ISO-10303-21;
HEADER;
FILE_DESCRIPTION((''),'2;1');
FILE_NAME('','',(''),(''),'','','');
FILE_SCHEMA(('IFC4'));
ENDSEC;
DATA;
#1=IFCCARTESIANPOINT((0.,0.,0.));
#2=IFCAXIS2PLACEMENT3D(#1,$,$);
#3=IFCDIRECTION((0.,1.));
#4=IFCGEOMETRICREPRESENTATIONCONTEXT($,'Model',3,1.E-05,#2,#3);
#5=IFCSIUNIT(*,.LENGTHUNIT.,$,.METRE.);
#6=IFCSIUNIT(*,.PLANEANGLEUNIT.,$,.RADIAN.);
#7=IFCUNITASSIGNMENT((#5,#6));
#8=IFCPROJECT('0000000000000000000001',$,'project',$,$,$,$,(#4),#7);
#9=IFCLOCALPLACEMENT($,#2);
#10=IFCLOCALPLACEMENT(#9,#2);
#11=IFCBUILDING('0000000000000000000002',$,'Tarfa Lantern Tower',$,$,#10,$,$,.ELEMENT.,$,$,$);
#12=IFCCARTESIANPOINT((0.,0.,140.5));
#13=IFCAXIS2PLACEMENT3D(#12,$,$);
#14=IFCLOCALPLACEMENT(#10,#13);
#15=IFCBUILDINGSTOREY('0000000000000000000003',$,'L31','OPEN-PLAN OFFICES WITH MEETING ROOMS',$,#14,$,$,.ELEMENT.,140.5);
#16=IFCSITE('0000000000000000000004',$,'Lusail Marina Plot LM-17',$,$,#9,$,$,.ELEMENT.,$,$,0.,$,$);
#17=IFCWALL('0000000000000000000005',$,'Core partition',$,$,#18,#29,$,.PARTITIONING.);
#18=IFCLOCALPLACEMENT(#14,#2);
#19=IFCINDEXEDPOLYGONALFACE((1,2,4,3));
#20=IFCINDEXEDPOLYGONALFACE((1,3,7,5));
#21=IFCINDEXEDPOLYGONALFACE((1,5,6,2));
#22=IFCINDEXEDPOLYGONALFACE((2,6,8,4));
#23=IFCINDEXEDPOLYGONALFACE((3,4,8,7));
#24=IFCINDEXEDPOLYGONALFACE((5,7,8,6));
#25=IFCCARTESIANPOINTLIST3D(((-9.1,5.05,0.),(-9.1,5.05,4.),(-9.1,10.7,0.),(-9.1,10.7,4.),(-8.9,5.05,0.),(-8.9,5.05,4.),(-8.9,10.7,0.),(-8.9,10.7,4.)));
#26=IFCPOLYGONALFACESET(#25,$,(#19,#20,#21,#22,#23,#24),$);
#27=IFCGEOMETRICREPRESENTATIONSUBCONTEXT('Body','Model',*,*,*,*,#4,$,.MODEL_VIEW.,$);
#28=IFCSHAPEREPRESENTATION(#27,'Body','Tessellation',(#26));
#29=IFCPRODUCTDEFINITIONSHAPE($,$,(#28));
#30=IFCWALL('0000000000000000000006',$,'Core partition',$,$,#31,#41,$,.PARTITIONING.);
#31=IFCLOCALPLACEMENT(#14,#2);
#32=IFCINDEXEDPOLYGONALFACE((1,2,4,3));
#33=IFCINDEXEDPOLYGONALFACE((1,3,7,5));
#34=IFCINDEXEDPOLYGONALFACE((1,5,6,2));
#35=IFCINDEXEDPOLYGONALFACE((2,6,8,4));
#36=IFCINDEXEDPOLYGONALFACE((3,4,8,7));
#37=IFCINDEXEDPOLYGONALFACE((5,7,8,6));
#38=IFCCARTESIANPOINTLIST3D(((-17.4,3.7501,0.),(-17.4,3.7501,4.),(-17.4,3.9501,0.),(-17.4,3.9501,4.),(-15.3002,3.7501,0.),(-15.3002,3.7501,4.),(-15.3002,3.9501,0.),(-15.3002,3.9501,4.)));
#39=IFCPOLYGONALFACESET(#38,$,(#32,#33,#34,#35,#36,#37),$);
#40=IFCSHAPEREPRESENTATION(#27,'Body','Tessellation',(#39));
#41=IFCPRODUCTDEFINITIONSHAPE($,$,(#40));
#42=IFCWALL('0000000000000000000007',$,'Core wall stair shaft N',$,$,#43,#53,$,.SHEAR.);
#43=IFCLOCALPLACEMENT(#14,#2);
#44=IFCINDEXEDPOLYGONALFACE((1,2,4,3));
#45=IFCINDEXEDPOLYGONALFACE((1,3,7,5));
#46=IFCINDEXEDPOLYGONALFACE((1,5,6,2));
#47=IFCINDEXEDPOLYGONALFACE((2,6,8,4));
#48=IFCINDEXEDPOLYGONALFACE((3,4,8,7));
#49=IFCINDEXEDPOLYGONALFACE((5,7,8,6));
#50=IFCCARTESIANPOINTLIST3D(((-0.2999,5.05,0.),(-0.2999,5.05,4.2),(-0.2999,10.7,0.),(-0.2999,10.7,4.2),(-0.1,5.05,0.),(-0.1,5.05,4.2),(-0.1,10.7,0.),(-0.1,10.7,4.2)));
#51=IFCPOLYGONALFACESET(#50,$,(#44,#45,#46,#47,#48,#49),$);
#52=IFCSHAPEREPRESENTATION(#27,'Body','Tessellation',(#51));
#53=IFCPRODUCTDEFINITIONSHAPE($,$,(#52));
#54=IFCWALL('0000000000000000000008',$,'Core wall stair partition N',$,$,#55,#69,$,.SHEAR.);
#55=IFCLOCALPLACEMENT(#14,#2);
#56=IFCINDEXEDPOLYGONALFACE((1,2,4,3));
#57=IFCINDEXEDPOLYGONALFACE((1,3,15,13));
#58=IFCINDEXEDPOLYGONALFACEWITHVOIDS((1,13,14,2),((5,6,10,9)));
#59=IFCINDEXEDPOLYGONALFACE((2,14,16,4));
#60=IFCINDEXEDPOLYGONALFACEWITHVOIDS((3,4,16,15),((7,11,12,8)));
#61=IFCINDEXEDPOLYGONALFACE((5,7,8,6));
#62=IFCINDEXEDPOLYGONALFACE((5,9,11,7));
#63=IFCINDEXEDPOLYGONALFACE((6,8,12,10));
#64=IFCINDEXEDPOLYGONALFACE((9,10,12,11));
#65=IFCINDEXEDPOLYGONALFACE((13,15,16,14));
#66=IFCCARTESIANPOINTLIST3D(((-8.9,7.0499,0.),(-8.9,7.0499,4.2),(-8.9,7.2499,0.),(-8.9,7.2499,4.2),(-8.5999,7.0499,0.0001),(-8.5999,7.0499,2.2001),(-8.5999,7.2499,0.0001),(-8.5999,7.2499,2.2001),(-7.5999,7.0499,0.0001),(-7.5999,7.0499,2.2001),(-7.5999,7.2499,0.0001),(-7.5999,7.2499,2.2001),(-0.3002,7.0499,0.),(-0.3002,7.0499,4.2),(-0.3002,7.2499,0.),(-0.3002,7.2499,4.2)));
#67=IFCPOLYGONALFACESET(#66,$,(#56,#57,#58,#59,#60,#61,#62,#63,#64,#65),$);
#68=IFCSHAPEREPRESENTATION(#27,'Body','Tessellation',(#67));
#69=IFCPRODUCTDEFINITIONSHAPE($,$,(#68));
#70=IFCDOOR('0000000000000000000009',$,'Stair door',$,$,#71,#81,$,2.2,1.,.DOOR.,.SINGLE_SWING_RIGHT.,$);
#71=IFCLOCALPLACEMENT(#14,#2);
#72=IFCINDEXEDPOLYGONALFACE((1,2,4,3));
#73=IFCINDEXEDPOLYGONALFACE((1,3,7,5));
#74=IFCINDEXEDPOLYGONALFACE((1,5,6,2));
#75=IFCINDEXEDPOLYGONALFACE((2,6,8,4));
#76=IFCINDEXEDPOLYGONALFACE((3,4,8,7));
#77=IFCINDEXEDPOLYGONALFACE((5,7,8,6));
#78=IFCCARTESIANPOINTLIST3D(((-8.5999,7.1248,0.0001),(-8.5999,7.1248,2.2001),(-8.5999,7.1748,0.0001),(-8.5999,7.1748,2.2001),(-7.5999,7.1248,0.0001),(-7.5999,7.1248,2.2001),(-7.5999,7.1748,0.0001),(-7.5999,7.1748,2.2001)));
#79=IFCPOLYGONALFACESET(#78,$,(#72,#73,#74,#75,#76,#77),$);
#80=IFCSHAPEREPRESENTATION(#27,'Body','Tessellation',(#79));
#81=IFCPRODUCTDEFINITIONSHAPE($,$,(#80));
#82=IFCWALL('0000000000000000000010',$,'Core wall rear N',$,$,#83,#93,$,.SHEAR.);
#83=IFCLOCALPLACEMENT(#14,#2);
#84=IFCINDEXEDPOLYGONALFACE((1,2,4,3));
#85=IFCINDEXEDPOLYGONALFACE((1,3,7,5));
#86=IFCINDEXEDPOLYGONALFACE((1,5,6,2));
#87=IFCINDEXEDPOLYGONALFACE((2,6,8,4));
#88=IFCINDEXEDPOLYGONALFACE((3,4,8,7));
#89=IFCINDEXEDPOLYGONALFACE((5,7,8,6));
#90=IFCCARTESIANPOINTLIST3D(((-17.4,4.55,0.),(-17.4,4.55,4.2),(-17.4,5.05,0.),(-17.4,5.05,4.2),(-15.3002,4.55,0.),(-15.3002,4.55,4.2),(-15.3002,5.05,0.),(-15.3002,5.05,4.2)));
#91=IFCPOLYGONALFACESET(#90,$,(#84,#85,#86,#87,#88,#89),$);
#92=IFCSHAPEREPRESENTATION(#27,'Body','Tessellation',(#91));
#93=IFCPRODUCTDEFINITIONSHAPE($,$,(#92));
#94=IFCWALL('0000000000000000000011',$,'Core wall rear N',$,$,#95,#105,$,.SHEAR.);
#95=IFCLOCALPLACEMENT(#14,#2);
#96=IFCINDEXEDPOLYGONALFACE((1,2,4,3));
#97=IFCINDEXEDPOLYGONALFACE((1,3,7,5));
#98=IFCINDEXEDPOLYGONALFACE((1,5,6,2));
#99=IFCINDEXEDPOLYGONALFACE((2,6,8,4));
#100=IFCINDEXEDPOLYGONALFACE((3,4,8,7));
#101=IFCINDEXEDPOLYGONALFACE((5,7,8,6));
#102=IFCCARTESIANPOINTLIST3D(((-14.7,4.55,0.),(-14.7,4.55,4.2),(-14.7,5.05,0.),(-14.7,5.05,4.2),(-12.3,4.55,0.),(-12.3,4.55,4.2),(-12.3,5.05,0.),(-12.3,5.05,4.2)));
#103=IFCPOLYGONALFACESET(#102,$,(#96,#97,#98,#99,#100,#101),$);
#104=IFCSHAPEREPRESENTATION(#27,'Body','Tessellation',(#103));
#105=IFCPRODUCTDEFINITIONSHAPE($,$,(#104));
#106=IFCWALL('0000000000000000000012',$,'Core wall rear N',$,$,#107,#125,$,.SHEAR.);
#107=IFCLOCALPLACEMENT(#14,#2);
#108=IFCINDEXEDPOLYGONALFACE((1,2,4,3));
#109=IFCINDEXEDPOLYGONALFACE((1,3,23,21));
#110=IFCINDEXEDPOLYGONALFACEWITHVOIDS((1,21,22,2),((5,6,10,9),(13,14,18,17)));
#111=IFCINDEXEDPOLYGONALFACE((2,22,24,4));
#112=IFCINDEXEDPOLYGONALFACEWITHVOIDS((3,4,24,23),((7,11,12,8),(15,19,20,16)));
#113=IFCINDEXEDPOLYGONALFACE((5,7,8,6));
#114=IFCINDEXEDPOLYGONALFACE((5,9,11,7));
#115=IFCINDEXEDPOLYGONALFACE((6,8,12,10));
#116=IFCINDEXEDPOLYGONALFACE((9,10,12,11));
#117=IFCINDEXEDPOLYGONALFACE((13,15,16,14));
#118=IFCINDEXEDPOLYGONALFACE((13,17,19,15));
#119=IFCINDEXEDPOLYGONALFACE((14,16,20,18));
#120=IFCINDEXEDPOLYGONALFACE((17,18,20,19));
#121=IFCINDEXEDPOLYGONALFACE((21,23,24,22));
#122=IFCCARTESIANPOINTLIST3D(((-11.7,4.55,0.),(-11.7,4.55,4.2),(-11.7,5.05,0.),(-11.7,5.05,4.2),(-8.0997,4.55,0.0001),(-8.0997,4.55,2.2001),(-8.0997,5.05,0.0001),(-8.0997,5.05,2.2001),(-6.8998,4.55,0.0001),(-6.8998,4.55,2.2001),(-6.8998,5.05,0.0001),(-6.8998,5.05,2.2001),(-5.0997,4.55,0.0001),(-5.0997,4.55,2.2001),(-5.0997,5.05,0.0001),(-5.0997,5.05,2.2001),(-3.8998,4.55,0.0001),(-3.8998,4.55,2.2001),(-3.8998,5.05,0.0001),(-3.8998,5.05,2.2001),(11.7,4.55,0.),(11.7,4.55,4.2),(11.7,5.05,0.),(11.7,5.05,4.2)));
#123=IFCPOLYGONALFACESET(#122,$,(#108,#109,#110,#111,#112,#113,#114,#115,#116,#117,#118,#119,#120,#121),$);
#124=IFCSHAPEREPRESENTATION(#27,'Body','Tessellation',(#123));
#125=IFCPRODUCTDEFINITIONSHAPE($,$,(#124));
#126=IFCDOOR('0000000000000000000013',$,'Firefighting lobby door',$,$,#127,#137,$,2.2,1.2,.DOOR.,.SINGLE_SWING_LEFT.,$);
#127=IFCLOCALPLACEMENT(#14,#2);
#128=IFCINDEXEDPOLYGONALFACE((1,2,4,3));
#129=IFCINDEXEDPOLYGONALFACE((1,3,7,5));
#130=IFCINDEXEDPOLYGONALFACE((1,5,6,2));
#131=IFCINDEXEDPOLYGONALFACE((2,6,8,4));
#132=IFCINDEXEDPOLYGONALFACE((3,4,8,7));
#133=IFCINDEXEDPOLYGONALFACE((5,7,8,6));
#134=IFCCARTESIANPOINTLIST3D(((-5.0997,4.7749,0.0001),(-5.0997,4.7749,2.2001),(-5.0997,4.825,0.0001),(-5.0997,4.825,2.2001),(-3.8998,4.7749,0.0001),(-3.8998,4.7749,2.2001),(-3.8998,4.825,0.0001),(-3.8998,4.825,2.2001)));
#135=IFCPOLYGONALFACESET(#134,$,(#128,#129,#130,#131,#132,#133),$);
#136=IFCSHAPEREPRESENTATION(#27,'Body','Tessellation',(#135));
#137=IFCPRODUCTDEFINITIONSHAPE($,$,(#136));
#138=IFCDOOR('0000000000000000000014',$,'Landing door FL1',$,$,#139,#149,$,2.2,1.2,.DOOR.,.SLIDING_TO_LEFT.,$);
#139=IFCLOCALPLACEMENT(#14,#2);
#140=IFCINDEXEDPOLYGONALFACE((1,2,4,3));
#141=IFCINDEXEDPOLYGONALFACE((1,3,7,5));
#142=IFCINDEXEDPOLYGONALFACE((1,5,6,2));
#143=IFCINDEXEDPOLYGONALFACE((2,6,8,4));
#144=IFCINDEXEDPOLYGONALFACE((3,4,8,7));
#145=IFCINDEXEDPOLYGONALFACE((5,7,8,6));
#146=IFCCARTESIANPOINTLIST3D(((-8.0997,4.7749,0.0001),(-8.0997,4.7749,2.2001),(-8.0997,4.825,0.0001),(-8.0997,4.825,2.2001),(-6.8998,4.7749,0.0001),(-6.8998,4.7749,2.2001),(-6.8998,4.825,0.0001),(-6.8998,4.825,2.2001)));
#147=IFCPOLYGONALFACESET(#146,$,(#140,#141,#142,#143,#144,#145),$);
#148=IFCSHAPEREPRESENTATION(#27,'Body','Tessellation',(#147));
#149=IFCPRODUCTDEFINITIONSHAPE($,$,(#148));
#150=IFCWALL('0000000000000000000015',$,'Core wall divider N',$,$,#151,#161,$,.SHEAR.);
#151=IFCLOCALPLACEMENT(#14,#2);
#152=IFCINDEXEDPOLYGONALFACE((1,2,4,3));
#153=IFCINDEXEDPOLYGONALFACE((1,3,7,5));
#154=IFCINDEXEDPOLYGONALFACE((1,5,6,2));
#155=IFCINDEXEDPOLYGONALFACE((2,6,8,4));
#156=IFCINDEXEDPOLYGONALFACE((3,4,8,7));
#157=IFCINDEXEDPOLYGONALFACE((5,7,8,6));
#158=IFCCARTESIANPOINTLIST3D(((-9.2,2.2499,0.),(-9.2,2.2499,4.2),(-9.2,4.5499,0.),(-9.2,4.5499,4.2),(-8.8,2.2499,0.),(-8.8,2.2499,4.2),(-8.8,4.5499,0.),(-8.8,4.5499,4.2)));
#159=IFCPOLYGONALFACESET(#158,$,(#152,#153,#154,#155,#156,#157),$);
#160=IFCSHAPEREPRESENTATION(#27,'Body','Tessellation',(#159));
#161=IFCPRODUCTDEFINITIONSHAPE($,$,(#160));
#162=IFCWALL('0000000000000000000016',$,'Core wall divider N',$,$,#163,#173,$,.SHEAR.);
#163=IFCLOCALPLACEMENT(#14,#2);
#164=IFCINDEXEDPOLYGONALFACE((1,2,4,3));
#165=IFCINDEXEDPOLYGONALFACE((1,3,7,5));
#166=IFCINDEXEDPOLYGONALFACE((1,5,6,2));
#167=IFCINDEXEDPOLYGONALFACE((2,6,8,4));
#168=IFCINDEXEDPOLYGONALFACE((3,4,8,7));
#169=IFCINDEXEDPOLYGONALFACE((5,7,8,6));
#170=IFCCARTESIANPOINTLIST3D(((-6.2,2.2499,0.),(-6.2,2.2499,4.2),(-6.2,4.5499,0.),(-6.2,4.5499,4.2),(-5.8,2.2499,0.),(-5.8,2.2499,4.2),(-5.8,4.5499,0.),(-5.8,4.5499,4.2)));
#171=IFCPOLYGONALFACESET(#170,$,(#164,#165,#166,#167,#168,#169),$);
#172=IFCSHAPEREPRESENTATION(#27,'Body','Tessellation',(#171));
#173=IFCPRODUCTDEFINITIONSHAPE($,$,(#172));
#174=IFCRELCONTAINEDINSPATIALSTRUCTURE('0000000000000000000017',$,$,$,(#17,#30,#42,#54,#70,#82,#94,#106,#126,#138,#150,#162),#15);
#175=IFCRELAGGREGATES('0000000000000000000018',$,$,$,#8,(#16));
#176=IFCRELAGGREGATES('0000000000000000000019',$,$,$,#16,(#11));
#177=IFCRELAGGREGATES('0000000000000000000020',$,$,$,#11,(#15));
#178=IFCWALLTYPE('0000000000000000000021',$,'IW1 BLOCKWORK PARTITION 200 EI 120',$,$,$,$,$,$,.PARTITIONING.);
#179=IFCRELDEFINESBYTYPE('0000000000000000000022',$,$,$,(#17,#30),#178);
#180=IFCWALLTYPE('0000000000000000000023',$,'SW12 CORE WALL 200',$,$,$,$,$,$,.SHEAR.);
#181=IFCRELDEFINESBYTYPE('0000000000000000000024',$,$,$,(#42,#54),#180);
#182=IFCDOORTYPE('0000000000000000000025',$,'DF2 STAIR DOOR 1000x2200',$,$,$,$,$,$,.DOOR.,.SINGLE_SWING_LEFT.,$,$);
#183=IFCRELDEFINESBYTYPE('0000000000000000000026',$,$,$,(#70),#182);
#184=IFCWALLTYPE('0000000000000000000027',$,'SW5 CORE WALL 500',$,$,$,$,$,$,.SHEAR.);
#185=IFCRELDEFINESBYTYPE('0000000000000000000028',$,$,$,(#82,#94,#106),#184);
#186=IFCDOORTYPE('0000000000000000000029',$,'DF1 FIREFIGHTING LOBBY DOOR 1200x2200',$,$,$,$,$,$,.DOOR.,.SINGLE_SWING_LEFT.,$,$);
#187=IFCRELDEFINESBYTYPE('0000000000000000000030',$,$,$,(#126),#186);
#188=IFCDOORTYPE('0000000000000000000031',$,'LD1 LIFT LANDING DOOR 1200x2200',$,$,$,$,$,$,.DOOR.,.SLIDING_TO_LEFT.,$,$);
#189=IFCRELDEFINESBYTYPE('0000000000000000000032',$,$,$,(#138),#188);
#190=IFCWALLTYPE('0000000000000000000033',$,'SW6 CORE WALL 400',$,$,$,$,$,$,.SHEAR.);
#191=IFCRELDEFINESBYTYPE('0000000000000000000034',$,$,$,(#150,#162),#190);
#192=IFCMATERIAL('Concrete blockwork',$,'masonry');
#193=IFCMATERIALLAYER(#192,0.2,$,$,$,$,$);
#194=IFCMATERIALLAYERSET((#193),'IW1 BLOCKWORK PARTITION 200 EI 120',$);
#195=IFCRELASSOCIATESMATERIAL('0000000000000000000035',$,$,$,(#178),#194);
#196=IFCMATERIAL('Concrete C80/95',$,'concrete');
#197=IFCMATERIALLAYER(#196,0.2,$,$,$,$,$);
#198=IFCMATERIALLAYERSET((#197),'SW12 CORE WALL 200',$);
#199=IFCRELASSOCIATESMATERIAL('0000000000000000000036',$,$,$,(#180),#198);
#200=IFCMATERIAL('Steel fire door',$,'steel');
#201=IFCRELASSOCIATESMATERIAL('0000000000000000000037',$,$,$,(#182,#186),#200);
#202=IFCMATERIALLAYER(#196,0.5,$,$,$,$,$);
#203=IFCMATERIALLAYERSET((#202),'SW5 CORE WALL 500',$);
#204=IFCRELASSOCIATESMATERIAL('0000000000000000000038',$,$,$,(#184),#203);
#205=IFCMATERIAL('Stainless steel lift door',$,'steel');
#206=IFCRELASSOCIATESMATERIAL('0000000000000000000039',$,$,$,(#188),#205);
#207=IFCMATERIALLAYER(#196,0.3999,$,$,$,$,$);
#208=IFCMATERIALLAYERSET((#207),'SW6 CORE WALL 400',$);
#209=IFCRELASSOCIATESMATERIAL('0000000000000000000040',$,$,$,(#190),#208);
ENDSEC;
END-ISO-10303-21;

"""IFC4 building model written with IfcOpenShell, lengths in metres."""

from ifc_helpers import new_model, si_unit, direction, frame, frame_2d, origin, place, context, subcontext, project, spatial, rectangle, extrude, material, layer, layer_set, type_object, element, fill, save


model = new_model("IFC4")

# Units and contexts
model_context = context("Model", 3, precision=1e-05, world=origin(), true_north=direction((0.0, 1.0)))
body_context = subcontext(model_context, "Body", "Model", "MODEL_VIEW")
ifc_project = project(units=[si_unit("LENGTHUNIT", "METRE"), si_unit("PLANEANGLEUNIT", "RADIAN")], contexts=[model_context])

# Site, building, storey
site_placement = place(None, origin())
site = spatial("IfcSite", under=ifc_project, at=site_placement, Name="Lusail Marina Plot LM-17", CompositionType="ELEMENT", RefElevation=0.0)
building_placement = place(site_placement, origin())
building = spatial("IfcBuilding", under=site, at=building_placement, Name="Tarfa Lantern Tower", CompositionType="ELEMENT")
storey_placement = place(building_placement, frame((0.0, 0.0, 140.5)))
storey = spatial("IfcBuildingStorey", under=building, at=storey_placement, Name="L31", Description="OPEN-PLAN OFFICES WITH MEETING ROOMS", CompositionType="ELEMENT", Elevation=140.5)

# Walls
ifc_material_1 = material(Name="Concrete blockwork", Category="masonry")
ifc_layer_1 = layer(ifc_material_1, 0.2)
ifc_layer_set_1 = layer_set([ifc_layer_1], Name="IW1 BLOCKWORK PARTITION 200 EI 120")
wall_type_1 = type_object("IfcWallType", Name="IW1 BLOCKWORK PARTITION 200 EI 120", PredefinedType="PARTITIONING", material=ifc_layer_set_1)
wall_1_placement = place(storey_placement, frame((-9.0, 5.05, 0.0), z_axis=(0.0, 0.0, 1.0), x_axis=(0.0, 1.0, 0.0)))
element("IfcWall", 1, at=wall_1_placement, inside=storey, type_object=wall_type_1, Name="Core partition", PredefinedType="PARTITIONING", context=body_context, shape_type="SweptSolid", body=[
    extrude(rectangle(XDim=5.6499, YDim=0.2, at=frame_2d((2.825, 0.0))), origin(), (0.0, 0.0, 1.0), 4.0),
])
wall_2_placement = place(storey_placement, frame((-17.3999, 3.8501, 0.0), z_axis=(0.0, 0.0, 1.0), x_axis=(1.0, 0.0, 0.0)))
element("IfcWall", 2, at=wall_2_placement, inside=storey, type_object=wall_type_1, Name="Core partition", PredefinedType="PARTITIONING", context=body_context, shape_type="SweptSolid", body=[
    extrude(rectangle(XDim=2.0999, YDim=0.2, at=frame_2d((1.0498, 0.0))), origin(), (0.0, 0.0, 1.0), 4.0),
])
ifc_material_2 = material(Name="Concrete C80/95", Category="concrete")
ifc_layer_2 = layer(ifc_material_2, 0.2)
ifc_layer_set_2 = layer_set([ifc_layer_2], Name="SW12 CORE WALL 200")
wall_type_2 = type_object("IfcWallType", Name="SW12 CORE WALL 200", PredefinedType="SHEAR", material=ifc_layer_set_2)
wall_3_placement = place(storey_placement, frame((-0.2, 5.05, 0.0), z_axis=(0.0, 0.0, 1.0), x_axis=(0.0, 1.0, 0.0)))
element("IfcWall", 3, at=wall_3_placement, inside=storey, type_object=wall_type_2, Name="Core wall stair shaft N", PredefinedType="SHEAR", context=body_context, shape_type="SweptSolid", body=[
    extrude(rectangle(XDim=5.6499, YDim=0.2, at=frame_2d((2.825, 0.0))), origin(), (0.0, 0.0, 1.0), 4.2),
])

# Wall, opening, door
wall_4_placement = place(storey_placement, frame((-8.8999, 7.1499, 0.0), z_axis=(0.0, 0.0, 1.0), x_axis=(1.0, 0.0, 0.0)))
wall_4 = element("IfcWall", 4, at=wall_4_placement, inside=storey, type_object=wall_type_2, Name="Core wall stair partition N", PredefinedType="SHEAR", context=body_context, shape_type="SweptSolid", body=[
    extrude(rectangle(XDim=8.5999, YDim=0.2, at=frame_2d((4.2998, 0.0))), origin(), (0.0, 0.0, 1.0), 4.2),
])
opening_1_placement = place(wall_4_placement, frame((0.3, 0.0, 0.0)))
opening_1 = element("IfcOpeningElement", 5, at=opening_1_placement, cuts=wall_4, PredefinedType="OPENING", context=body_context, shape_type="SweptSolid", body=[
    extrude(rectangle(XDim=1.0, YDim=2.2, at=frame_2d((0.5, 1.1001))), frame((0.0, 0.1099, 0.0), z_axis=(0.0, -1.0, 0.0), x_axis=(1.0, 0.0, 0.0)), (0.0, 0.0, 1.0), 0.22),
])
ifc_material_3 = material(Name="Steel fire door", Category="steel")
door_type_1 = type_object("IfcDoorType", Name="DF2 STAIR DOOR 1000x2200", OperationType="SINGLE_SWING_LEFT", PredefinedType="DOOR", material=ifc_material_3)
door_1_placement = place(opening_1_placement, origin())
door_1 = element("IfcDoor", 6, at=door_1_placement, inside=storey, type_object=door_type_1, Name="Stair door", OperationType="SINGLE_SWING_RIGHT", OverallHeight=2.2, OverallWidth=1.0, PredefinedType="DOOR", context=body_context, shape_type="SweptSolid", body=[
    extrude(rectangle(XDim=1.0, YDim=2.2, at=frame_2d((0.5, 1.1001))), frame((0.0, 0.0249, 0.0), z_axis=(0.0, -1.0, 0.0), x_axis=(1.0, 0.0, 0.0)), (0.0, 0.0, 1.0), 0.05),
])
fill(opening_1, door_1)

# Walls
ifc_layer_3 = layer(ifc_material_2, 0.5)
ifc_layer_set_3 = layer_set([ifc_layer_3], Name="SW5 CORE WALL 500")
wall_type_3 = type_object("IfcWallType", Name="SW5 CORE WALL 500", PredefinedType="SHEAR", material=ifc_layer_set_3)
wall_5_placement = place(storey_placement, frame((-17.3999, 4.8, 0.0), z_axis=(0.0, 0.0, 1.0), x_axis=(1.0, 0.0, 0.0)))
element("IfcWall", 7, at=wall_5_placement, inside=storey, type_object=wall_type_3, Name="Core wall rear N", PredefinedType="SHEAR", context=body_context, shape_type="SweptSolid", body=[
    extrude(rectangle(XDim=2.0999, YDim=0.5, at=frame_2d((1.0498, 0.0))), origin(), (0.0, 0.0, 1.0), 4.2),
])
wall_6_placement = place(storey_placement, frame((-14.7, 4.8, 0.0), z_axis=(0.0, 0.0, 1.0), x_axis=(1.0, 0.0, 0.0)))
element("IfcWall", 8, at=wall_6_placement, inside=storey, type_object=wall_type_3, Name="Core wall rear N", PredefinedType="SHEAR", context=body_context, shape_type="SweptSolid", body=[
    extrude(rectangle(XDim=2.3999, YDim=0.5, at=frame_2d((1.2, 0.0))), origin(), (0.0, 0.0, 1.0), 4.2),
])

# Wall, openings, doors
wall_7_placement = place(storey_placement, frame((-11.7, 4.8, 0.0), z_axis=(0.0, 0.0, 1.0), x_axis=(1.0, 0.0, 0.0)))
wall_7 = element("IfcWall", 9, at=wall_7_placement, inside=storey, type_object=wall_type_3, Name="Core wall rear N", PredefinedType="SHEAR", context=body_context, shape_type="SweptSolid", body=[
    extrude(rectangle(XDim=23.3999, YDim=0.5, at=frame_2d((11.7, 0.0))), origin(), (0.0, 0.0, 1.0), 4.2),
])
opening_2_placement = place(wall_7_placement, frame((6.6001, 0.0, 0.0)))
opening_2 = element("IfcOpeningElement", 10, at=opening_2_placement, cuts=wall_7, PredefinedType="OPENING", context=body_context, shape_type="SweptSolid", body=[
    extrude(rectangle(XDim=1.2, YDim=2.2, at=frame_2d((0.6001, 1.1001))), frame((0.0, 0.26, 0.0), z_axis=(0.0, -1.0, 0.0), x_axis=(1.0, 0.0, 0.0)), (0.0, 0.0, 1.0), 0.52),
])
opening_3_placement = place(wall_7_placement, frame((3.6001, 0.0, 0.0)))
opening_3 = element("IfcOpeningElement", 11, at=opening_3_placement, cuts=wall_7, PredefinedType="OPENING", context=body_context, shape_type="SweptSolid", body=[
    extrude(rectangle(XDim=1.2, YDim=2.2, at=frame_2d((0.6001, 1.1001))), frame((0.0, 0.26, 0.0), z_axis=(0.0, -1.0, 0.0), x_axis=(1.0, 0.0, 0.0)), (0.0, 0.0, 1.0), 0.52),
])
door_type_2 = type_object("IfcDoorType", Name="DF1 FIREFIGHTING LOBBY DOOR 1200x2200", OperationType="SINGLE_SWING_LEFT", PredefinedType="DOOR", material=ifc_material_3)
door_2_placement = place(opening_2_placement, origin())
door_2 = element("IfcDoor", 12, at=door_2_placement, inside=storey, type_object=door_type_2, Name="Firefighting lobby door", OperationType="SINGLE_SWING_LEFT", OverallHeight=2.2, OverallWidth=1.2, PredefinedType="DOOR", context=body_context, shape_type="SweptSolid", body=[
    extrude(rectangle(XDim=1.2, YDim=2.2, at=frame_2d((0.6001, 1.1001))), frame((0.0, 0.0249, 0.0), z_axis=(0.0, -1.0, 0.0), x_axis=(1.0, 0.0, 0.0)), (0.0, 0.0, 1.0), 0.05),
])
fill(opening_2, door_2)
ifc_material_4 = material(Name="Stainless steel lift door", Category="steel")
door_type_3 = type_object("IfcDoorType", Name="LD1 LIFT LANDING DOOR 1200x2200", OperationType="SLIDING_TO_LEFT", PredefinedType="DOOR", material=ifc_material_4)
door_3_placement = place(opening_3_placement, origin())
door_3 = element("IfcDoor", 13, at=door_3_placement, inside=storey, type_object=door_type_3, Name="Landing door FL1", OperationType="SLIDING_TO_LEFT", OverallHeight=2.2, OverallWidth=1.2, PredefinedType="DOOR", context=body_context, shape_type="SweptSolid", body=[
    extrude(rectangle(XDim=1.2, YDim=2.2, at=frame_2d((0.6001, 1.1001))), frame((0.0, 0.0249, 0.0), z_axis=(0.0, -1.0, 0.0), x_axis=(1.0, 0.0, 0.0)), (0.0, 0.0, 1.0), 0.05),
])
fill(opening_3, door_3)

# Walls
ifc_layer_4 = layer(ifc_material_2, 0.3999)
ifc_layer_set_4 = layer_set([ifc_layer_4], Name="SW6 CORE WALL 400")
wall_type_4 = type_object("IfcWallType", Name="SW6 CORE WALL 400", PredefinedType="SHEAR", material=ifc_layer_set_4)
for number, where, z_axis, x_axis, name in (
    (14, (-9.0, 2.25, 0.0), (0.0, 0.0, 1.0), (0.0, 1.0, 0.0), "Core wall divider N"),
    (15, (-6.0, 2.25, 0.0), (0.0, 0.0, 1.0), (0.0, 1.0, 0.0), "Core wall divider N"),
):
    element("IfcWall", number, at=place(storey_placement, frame(where, z_axis=z_axis, x_axis=x_axis)), inside=storey, type_object=wall_type_4, Name=name, PredefinedType="SHEAR", context=body_context, shape_type="SweptSolid", body=[
        extrude(rectangle(XDim=2.3, YDim=0.3999, at=frame_2d((1.1499, 0.0))), origin(), (0.0, 0.0, 1.0), 4.2),
    ])

save(model, "model.ifc")
